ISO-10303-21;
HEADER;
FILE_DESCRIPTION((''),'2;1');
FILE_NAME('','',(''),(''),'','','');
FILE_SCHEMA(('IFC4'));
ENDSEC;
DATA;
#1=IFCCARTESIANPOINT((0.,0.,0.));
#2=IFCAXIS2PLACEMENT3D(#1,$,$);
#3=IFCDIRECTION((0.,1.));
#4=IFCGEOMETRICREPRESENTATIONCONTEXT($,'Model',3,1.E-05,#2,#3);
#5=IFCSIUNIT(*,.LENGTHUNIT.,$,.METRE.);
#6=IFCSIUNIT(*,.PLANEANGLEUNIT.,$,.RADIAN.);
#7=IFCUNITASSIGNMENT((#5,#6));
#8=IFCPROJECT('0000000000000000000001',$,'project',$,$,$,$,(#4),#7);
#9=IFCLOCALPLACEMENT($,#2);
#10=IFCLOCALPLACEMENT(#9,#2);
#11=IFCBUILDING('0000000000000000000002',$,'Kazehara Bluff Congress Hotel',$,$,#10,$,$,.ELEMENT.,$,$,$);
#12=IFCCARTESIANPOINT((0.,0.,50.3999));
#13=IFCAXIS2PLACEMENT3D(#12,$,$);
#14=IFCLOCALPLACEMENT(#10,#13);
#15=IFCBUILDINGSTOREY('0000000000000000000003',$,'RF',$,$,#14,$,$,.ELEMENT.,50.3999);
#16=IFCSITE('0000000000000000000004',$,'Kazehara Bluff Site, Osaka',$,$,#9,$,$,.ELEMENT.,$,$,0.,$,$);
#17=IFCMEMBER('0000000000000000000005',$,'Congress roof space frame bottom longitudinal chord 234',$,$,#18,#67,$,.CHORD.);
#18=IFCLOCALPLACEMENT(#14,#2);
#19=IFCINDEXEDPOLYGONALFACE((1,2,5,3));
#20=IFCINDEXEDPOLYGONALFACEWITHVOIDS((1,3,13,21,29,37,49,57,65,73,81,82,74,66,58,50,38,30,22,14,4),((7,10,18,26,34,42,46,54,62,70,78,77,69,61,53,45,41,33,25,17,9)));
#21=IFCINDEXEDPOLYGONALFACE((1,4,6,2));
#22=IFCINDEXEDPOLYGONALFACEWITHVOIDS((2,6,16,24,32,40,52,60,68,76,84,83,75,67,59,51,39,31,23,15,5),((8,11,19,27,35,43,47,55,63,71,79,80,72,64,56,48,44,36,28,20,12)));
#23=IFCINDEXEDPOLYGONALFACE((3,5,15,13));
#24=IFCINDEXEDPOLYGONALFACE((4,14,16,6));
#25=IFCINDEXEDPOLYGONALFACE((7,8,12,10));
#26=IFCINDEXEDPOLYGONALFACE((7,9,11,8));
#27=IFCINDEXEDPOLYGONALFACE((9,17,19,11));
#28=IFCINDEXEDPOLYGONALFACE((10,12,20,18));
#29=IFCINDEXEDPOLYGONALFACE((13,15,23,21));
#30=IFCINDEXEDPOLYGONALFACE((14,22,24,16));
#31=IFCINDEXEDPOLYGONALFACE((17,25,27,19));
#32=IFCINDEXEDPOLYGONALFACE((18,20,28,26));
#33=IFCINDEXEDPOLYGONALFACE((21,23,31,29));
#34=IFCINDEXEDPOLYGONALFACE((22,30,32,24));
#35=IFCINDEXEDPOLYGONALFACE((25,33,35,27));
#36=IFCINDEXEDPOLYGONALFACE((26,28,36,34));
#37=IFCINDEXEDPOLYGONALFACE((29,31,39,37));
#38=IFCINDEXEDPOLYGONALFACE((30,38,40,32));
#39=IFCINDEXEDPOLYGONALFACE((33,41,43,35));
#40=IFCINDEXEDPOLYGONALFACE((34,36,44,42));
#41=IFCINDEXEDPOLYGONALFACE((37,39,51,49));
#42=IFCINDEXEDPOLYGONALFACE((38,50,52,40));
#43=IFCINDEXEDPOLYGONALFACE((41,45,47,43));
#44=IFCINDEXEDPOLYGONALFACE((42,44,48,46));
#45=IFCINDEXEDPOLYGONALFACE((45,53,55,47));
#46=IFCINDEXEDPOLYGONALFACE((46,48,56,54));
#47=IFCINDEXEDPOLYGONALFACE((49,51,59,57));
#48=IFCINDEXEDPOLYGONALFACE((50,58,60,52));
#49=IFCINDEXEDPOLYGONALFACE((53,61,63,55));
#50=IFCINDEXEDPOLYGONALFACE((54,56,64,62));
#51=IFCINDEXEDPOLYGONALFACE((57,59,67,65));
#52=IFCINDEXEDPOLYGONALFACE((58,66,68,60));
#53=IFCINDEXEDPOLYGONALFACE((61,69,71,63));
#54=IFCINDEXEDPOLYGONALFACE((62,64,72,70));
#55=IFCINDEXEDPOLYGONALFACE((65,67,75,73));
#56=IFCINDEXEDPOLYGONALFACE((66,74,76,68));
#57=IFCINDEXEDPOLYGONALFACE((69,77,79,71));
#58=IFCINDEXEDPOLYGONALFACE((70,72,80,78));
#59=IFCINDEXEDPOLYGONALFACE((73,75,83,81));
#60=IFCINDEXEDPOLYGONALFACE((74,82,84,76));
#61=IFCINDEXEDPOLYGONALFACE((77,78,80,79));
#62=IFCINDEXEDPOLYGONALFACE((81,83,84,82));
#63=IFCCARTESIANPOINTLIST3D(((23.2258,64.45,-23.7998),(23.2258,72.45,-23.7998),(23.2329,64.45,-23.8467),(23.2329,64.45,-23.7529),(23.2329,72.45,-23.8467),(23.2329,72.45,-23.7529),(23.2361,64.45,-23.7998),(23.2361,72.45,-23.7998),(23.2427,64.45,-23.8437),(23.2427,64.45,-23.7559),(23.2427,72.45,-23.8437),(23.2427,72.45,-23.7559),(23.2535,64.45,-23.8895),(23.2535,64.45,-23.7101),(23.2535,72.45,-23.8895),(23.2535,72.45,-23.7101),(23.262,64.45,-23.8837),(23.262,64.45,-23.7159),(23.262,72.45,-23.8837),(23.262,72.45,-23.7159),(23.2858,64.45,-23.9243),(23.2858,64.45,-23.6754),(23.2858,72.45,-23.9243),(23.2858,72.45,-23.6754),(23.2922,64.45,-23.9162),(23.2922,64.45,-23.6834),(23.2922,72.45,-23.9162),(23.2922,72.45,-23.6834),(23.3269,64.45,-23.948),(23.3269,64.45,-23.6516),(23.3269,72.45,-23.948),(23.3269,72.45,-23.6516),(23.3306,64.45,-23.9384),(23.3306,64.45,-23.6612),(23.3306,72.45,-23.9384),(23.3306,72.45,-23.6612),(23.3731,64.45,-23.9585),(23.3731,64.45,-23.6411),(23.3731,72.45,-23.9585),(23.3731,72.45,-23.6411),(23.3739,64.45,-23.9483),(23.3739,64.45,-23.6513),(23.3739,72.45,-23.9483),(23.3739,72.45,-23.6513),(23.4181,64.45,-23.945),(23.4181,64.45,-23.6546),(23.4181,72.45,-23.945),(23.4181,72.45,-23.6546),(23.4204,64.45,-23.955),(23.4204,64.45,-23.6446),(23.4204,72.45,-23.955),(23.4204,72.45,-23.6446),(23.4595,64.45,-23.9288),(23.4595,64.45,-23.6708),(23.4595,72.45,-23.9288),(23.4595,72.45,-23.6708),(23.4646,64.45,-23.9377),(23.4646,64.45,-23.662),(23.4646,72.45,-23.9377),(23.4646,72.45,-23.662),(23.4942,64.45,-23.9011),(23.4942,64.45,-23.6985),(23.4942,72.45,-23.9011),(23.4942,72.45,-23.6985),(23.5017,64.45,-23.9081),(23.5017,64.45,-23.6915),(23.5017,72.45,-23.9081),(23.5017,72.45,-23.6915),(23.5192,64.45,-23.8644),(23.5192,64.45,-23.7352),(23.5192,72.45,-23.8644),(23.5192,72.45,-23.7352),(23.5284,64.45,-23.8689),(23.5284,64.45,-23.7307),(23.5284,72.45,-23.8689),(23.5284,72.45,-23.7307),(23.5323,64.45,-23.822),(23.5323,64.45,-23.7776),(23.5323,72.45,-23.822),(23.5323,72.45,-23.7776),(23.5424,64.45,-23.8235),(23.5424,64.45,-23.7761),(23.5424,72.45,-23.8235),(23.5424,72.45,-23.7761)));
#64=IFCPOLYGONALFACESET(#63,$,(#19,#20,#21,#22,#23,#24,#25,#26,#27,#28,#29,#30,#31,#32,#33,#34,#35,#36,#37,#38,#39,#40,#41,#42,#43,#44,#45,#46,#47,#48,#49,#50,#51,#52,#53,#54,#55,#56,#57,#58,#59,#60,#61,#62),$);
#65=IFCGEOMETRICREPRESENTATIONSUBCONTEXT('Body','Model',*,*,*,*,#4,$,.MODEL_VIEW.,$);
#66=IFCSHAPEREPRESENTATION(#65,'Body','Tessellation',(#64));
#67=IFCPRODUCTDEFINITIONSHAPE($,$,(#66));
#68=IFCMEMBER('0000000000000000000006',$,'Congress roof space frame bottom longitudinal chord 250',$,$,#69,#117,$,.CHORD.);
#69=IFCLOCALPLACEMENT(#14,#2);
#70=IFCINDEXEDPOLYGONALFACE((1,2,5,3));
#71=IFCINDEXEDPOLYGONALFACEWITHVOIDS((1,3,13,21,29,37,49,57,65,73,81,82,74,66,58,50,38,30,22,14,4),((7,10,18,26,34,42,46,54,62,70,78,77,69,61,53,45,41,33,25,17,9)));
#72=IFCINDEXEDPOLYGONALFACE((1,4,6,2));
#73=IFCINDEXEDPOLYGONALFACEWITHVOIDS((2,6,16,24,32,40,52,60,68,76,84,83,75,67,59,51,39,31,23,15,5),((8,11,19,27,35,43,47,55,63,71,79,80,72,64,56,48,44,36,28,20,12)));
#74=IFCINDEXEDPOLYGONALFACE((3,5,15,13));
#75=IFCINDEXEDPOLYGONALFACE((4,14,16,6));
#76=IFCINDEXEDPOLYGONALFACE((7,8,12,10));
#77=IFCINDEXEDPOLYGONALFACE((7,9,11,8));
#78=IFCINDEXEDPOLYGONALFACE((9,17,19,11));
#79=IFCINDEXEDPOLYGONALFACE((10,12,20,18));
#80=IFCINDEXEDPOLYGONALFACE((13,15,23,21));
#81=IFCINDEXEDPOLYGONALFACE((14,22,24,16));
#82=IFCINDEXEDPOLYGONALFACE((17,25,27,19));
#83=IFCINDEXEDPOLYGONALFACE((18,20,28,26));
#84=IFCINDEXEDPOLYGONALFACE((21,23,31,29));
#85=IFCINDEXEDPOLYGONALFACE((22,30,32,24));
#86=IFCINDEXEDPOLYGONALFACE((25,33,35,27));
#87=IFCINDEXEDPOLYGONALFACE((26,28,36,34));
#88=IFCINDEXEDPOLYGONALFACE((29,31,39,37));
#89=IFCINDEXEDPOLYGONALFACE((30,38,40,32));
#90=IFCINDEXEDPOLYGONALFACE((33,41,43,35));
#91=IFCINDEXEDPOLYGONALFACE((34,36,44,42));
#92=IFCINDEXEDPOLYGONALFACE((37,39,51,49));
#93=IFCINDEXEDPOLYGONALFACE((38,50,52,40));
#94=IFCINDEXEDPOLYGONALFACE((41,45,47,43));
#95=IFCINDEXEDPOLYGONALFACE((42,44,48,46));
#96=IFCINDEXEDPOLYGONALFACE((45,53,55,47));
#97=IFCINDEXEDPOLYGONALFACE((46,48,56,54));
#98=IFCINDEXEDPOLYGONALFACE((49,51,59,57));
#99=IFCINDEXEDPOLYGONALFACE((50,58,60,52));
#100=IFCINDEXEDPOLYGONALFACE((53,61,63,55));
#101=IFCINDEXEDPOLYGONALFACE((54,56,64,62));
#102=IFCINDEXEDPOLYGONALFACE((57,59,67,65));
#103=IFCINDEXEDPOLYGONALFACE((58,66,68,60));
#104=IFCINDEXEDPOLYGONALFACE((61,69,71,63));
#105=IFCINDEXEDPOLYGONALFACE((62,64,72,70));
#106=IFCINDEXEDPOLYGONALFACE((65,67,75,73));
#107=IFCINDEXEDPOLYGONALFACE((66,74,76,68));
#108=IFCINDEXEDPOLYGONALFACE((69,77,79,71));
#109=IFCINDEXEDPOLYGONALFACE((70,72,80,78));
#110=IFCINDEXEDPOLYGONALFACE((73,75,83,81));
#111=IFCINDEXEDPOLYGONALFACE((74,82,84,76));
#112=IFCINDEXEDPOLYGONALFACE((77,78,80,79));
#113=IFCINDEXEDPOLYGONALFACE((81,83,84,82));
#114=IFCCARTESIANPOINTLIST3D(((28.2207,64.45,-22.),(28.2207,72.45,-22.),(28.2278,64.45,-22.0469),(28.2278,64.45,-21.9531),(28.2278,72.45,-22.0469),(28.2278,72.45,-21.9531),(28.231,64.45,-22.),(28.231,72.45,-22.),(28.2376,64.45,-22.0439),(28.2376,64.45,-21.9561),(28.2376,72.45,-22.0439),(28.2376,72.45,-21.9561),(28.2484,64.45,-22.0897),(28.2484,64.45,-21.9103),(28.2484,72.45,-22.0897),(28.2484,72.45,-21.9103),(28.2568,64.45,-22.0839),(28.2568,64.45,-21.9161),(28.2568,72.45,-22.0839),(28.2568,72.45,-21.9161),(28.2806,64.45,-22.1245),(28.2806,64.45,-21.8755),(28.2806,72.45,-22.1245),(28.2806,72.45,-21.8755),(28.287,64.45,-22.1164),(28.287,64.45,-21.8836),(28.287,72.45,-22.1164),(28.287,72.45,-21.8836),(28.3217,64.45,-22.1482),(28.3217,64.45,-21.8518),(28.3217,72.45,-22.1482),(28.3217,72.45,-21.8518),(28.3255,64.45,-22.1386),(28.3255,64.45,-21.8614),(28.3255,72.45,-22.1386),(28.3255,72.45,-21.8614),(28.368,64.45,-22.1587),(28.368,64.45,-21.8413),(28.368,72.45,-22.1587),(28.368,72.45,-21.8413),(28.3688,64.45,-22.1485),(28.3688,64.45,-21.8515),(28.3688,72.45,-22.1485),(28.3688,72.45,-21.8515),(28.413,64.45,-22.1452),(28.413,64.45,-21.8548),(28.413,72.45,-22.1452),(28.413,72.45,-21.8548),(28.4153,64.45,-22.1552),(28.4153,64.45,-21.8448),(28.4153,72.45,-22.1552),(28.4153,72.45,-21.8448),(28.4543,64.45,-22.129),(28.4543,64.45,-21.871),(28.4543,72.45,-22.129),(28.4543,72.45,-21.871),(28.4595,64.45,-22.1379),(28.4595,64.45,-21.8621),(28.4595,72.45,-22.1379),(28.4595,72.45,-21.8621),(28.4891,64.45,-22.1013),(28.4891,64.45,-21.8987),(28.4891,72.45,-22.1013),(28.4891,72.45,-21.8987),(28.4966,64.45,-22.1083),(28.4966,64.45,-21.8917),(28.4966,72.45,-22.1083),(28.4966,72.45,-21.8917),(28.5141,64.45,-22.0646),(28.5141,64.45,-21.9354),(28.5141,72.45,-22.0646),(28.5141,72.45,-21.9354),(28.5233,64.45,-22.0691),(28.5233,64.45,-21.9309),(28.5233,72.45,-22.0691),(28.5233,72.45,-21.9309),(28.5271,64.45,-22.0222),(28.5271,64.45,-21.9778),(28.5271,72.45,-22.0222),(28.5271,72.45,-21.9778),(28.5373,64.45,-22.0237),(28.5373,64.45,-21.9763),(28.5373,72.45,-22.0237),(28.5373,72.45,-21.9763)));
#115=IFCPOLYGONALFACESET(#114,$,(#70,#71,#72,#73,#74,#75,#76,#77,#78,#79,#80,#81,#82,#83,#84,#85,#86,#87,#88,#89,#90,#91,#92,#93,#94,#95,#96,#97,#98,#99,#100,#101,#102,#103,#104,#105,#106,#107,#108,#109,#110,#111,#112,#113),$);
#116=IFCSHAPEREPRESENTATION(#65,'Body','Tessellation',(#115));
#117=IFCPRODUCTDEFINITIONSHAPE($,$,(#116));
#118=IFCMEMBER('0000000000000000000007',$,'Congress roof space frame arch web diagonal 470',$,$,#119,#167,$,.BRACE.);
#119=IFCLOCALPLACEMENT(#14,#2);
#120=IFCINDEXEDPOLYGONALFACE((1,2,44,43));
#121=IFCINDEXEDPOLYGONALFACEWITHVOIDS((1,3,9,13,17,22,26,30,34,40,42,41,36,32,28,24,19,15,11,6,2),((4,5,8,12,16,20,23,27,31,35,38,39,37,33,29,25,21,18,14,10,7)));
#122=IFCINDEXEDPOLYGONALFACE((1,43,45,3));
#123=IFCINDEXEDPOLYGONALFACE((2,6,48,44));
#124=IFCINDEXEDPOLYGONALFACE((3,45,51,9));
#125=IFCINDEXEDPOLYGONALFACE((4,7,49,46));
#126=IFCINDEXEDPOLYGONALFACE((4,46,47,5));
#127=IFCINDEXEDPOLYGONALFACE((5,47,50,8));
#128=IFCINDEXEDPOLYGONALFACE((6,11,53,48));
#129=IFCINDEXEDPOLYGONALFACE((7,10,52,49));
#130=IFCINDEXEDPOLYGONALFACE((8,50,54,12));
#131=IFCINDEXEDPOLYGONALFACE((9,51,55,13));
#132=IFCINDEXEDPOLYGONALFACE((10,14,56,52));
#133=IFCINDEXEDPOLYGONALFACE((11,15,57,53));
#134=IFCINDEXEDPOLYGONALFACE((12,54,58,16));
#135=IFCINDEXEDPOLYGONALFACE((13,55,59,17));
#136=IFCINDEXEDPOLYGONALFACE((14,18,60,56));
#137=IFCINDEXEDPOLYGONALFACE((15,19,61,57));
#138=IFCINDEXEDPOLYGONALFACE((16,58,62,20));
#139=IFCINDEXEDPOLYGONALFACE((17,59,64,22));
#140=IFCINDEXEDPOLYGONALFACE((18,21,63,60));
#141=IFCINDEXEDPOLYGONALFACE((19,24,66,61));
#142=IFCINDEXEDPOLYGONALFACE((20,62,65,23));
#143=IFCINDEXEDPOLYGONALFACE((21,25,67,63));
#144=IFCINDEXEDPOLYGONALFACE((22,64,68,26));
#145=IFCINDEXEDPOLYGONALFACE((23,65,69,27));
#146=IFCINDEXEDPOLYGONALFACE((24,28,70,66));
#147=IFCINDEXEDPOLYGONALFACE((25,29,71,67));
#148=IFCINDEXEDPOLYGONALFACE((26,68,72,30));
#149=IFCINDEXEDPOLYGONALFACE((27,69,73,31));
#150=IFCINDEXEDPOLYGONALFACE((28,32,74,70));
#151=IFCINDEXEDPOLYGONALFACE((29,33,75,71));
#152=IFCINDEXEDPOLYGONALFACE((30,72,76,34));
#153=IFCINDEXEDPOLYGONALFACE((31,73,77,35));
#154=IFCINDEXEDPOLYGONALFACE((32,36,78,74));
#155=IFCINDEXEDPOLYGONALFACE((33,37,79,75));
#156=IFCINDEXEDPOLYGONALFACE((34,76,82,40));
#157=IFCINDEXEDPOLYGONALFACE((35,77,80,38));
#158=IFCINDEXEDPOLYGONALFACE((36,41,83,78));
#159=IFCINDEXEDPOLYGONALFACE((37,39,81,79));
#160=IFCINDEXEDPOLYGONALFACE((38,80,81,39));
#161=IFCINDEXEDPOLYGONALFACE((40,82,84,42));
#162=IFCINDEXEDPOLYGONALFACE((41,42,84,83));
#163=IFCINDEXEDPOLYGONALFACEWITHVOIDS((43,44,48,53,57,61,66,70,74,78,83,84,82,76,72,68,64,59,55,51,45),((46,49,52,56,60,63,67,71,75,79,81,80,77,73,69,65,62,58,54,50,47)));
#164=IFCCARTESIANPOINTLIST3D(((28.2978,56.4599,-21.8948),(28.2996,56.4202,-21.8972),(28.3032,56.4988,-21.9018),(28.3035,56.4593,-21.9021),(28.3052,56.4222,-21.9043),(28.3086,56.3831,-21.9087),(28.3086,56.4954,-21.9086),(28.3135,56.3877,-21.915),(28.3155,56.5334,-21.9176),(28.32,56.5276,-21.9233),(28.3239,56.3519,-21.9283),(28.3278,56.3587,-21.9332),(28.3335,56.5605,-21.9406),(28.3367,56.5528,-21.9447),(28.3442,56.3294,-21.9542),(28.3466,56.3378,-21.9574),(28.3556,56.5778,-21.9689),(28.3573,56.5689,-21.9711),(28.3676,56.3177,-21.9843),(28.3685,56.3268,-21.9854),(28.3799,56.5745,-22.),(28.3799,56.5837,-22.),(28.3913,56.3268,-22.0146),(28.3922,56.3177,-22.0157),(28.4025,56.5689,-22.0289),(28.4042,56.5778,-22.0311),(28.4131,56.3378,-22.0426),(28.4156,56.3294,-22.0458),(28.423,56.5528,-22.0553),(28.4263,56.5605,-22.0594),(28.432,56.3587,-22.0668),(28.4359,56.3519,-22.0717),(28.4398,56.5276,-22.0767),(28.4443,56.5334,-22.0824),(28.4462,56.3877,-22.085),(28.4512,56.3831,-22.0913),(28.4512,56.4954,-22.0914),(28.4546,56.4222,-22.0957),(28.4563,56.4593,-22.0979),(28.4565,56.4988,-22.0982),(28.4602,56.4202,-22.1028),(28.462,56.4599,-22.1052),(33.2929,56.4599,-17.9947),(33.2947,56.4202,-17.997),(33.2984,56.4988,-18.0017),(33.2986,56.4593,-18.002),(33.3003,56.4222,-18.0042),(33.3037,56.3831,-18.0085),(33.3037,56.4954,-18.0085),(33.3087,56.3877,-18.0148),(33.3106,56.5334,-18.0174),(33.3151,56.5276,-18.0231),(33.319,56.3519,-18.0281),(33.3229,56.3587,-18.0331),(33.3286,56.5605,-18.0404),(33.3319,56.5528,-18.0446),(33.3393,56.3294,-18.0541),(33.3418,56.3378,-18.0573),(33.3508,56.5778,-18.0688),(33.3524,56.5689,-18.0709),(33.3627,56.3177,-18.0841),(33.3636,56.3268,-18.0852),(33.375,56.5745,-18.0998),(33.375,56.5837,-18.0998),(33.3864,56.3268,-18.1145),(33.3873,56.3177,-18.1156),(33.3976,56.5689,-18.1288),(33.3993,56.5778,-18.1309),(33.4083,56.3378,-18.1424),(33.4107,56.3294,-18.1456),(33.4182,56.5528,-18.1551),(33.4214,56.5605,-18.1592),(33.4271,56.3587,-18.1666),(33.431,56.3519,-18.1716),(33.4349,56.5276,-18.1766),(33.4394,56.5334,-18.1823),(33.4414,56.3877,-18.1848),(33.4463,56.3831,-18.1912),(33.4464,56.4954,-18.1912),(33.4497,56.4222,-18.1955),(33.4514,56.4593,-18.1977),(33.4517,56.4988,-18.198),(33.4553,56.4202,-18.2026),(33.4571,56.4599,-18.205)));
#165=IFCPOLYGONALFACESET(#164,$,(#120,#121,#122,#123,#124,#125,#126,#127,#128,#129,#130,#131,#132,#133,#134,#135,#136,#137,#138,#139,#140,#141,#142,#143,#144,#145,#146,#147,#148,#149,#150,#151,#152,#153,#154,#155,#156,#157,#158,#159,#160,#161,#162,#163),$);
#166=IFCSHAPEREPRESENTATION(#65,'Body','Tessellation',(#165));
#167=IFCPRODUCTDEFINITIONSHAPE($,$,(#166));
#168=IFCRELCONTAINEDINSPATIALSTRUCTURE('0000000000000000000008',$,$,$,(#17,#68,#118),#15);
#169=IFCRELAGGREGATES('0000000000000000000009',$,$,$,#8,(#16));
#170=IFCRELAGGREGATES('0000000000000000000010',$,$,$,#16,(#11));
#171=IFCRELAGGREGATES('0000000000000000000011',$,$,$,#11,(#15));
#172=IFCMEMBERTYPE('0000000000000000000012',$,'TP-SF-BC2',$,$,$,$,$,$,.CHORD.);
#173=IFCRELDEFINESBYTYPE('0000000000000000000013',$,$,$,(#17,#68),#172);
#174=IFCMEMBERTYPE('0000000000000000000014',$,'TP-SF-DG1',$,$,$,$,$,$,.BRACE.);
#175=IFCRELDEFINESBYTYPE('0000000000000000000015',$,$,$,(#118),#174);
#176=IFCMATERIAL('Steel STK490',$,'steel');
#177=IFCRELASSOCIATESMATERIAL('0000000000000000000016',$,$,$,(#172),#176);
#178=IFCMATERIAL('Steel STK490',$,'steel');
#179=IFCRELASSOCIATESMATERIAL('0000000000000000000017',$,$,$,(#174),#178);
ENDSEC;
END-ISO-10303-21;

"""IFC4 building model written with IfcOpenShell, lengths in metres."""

from ifc_helpers import new_model, si_unit, direction, frame, origin, origin_2d, place, context, subcontext, project, spatial, hollow_circle, extrude, material, material_profile, profile_set, type_object, element, save


model = new_model("IFC4")

# Units and contexts
model_context = context("Model", 3, precision=1e-05, world=origin(), true_north=direction((0.0, 1.0)))
body_context = subcontext(model_context, "Body", "Model", "MODEL_VIEW")
ifc_project = project(units=[si_unit("LENGTHUNIT", "METRE"), si_unit("PLANEANGLEUNIT", "RADIAN")], contexts=[model_context])

# Site, building, storey
site_placement = place(None, origin())
site = spatial("IfcSite", under=ifc_project, at=site_placement, Name="Kazehara Bluff Site, Osaka", CompositionType="ELEMENT", RefElevation=0.0)
building_placement = place(site_placement, origin())
building = spatial("IfcBuilding", under=site, at=building_placement, Name="Kazehara Bluff Congress Hotel", CompositionType="ELEMENT")
storey_placement = place(building_placement, frame((0.0, 0.0, 50.3999)))
storey = spatial("IfcBuildingStorey", under=building, at=storey_placement, Name="RF", CompositionType="ELEMENT", Elevation=50.3999)

# Members
ifc_material_1 = material(Name="Steel STK490", Category="steel")
ifc_material_profile_1 = material_profile(ifc_material_1, hollow_circle(Radius=0.1592, WallThickness=0.0103, at=origin_2d()))
ifc_profile_set_1 = profile_set([ifc_material_profile_1], Name="Steel STK490")
member_type_1 = type_object("IfcMemberType", Name="TP-SF-BC2", PredefinedType="CHORD", material=ifc_profile_set_1)
for number, where, z_axis, x_axis, name in (
    (1, (23.385, 64.45, -23.7998), (0.0, 1.0, 0.0), (-1.0, 0.0, 0.0), "Congress roof space frame bottom longitudinal chord 234"),
    (2, (28.3799, 64.45, -22.0), (0.0, 1.0, 0.0), (-1.0, 0.0, 0.0), "Congress roof space frame bottom longitudinal chord 250"),
):
    element("IfcMember", number, at=place(storey_placement, frame(where, z_axis=z_axis, x_axis=x_axis)), inside=storey, type_object=member_type_1, Name=name, PredefinedType="CHORD", context=body_context, shape_type="SweptSolid", body=[
        extrude(hollow_circle(Radius=0.1592, WallThickness=0.0103, at=origin_2d()), origin(), (0.0, 0.0, 1.0), 8.0),
    ])
ifc_material_2 = material(Name="Steel STK490", Category="steel")
ifc_material_profile_2 = material_profile(ifc_material_2, hollow_circle(Radius=0.1338, WallThickness=0.0093, at=origin_2d()))
ifc_profile_set_2 = profile_set([ifc_material_profile_2], Name="Steel STK490")
member_type_2 = type_object("IfcMemberType", Name="TP-SF-DG1", PredefinedType="BRACE", material=ifc_profile_set_2)
member_1_placement = place(storey_placement, frame((28.3799, 56.45, -22.0), z_axis=(0.7882, 0.0, 0.61542), x_axis=(0.0, 1.0, 0.0)))
element("IfcMember", 3, at=member_1_placement, inside=storey, type_object=member_type_2, Name="Congress roof space frame arch web diagonal 470", PredefinedType="BRACE", context=body_context, shape_type="SweptSolid", body=[
    extrude(hollow_circle(Radius=0.1338, WallThickness=0.0093, at=origin_2d()), origin(), (0.0, 0.0, 1.0), 6.3374),
])

save(model, "model.ifc")
